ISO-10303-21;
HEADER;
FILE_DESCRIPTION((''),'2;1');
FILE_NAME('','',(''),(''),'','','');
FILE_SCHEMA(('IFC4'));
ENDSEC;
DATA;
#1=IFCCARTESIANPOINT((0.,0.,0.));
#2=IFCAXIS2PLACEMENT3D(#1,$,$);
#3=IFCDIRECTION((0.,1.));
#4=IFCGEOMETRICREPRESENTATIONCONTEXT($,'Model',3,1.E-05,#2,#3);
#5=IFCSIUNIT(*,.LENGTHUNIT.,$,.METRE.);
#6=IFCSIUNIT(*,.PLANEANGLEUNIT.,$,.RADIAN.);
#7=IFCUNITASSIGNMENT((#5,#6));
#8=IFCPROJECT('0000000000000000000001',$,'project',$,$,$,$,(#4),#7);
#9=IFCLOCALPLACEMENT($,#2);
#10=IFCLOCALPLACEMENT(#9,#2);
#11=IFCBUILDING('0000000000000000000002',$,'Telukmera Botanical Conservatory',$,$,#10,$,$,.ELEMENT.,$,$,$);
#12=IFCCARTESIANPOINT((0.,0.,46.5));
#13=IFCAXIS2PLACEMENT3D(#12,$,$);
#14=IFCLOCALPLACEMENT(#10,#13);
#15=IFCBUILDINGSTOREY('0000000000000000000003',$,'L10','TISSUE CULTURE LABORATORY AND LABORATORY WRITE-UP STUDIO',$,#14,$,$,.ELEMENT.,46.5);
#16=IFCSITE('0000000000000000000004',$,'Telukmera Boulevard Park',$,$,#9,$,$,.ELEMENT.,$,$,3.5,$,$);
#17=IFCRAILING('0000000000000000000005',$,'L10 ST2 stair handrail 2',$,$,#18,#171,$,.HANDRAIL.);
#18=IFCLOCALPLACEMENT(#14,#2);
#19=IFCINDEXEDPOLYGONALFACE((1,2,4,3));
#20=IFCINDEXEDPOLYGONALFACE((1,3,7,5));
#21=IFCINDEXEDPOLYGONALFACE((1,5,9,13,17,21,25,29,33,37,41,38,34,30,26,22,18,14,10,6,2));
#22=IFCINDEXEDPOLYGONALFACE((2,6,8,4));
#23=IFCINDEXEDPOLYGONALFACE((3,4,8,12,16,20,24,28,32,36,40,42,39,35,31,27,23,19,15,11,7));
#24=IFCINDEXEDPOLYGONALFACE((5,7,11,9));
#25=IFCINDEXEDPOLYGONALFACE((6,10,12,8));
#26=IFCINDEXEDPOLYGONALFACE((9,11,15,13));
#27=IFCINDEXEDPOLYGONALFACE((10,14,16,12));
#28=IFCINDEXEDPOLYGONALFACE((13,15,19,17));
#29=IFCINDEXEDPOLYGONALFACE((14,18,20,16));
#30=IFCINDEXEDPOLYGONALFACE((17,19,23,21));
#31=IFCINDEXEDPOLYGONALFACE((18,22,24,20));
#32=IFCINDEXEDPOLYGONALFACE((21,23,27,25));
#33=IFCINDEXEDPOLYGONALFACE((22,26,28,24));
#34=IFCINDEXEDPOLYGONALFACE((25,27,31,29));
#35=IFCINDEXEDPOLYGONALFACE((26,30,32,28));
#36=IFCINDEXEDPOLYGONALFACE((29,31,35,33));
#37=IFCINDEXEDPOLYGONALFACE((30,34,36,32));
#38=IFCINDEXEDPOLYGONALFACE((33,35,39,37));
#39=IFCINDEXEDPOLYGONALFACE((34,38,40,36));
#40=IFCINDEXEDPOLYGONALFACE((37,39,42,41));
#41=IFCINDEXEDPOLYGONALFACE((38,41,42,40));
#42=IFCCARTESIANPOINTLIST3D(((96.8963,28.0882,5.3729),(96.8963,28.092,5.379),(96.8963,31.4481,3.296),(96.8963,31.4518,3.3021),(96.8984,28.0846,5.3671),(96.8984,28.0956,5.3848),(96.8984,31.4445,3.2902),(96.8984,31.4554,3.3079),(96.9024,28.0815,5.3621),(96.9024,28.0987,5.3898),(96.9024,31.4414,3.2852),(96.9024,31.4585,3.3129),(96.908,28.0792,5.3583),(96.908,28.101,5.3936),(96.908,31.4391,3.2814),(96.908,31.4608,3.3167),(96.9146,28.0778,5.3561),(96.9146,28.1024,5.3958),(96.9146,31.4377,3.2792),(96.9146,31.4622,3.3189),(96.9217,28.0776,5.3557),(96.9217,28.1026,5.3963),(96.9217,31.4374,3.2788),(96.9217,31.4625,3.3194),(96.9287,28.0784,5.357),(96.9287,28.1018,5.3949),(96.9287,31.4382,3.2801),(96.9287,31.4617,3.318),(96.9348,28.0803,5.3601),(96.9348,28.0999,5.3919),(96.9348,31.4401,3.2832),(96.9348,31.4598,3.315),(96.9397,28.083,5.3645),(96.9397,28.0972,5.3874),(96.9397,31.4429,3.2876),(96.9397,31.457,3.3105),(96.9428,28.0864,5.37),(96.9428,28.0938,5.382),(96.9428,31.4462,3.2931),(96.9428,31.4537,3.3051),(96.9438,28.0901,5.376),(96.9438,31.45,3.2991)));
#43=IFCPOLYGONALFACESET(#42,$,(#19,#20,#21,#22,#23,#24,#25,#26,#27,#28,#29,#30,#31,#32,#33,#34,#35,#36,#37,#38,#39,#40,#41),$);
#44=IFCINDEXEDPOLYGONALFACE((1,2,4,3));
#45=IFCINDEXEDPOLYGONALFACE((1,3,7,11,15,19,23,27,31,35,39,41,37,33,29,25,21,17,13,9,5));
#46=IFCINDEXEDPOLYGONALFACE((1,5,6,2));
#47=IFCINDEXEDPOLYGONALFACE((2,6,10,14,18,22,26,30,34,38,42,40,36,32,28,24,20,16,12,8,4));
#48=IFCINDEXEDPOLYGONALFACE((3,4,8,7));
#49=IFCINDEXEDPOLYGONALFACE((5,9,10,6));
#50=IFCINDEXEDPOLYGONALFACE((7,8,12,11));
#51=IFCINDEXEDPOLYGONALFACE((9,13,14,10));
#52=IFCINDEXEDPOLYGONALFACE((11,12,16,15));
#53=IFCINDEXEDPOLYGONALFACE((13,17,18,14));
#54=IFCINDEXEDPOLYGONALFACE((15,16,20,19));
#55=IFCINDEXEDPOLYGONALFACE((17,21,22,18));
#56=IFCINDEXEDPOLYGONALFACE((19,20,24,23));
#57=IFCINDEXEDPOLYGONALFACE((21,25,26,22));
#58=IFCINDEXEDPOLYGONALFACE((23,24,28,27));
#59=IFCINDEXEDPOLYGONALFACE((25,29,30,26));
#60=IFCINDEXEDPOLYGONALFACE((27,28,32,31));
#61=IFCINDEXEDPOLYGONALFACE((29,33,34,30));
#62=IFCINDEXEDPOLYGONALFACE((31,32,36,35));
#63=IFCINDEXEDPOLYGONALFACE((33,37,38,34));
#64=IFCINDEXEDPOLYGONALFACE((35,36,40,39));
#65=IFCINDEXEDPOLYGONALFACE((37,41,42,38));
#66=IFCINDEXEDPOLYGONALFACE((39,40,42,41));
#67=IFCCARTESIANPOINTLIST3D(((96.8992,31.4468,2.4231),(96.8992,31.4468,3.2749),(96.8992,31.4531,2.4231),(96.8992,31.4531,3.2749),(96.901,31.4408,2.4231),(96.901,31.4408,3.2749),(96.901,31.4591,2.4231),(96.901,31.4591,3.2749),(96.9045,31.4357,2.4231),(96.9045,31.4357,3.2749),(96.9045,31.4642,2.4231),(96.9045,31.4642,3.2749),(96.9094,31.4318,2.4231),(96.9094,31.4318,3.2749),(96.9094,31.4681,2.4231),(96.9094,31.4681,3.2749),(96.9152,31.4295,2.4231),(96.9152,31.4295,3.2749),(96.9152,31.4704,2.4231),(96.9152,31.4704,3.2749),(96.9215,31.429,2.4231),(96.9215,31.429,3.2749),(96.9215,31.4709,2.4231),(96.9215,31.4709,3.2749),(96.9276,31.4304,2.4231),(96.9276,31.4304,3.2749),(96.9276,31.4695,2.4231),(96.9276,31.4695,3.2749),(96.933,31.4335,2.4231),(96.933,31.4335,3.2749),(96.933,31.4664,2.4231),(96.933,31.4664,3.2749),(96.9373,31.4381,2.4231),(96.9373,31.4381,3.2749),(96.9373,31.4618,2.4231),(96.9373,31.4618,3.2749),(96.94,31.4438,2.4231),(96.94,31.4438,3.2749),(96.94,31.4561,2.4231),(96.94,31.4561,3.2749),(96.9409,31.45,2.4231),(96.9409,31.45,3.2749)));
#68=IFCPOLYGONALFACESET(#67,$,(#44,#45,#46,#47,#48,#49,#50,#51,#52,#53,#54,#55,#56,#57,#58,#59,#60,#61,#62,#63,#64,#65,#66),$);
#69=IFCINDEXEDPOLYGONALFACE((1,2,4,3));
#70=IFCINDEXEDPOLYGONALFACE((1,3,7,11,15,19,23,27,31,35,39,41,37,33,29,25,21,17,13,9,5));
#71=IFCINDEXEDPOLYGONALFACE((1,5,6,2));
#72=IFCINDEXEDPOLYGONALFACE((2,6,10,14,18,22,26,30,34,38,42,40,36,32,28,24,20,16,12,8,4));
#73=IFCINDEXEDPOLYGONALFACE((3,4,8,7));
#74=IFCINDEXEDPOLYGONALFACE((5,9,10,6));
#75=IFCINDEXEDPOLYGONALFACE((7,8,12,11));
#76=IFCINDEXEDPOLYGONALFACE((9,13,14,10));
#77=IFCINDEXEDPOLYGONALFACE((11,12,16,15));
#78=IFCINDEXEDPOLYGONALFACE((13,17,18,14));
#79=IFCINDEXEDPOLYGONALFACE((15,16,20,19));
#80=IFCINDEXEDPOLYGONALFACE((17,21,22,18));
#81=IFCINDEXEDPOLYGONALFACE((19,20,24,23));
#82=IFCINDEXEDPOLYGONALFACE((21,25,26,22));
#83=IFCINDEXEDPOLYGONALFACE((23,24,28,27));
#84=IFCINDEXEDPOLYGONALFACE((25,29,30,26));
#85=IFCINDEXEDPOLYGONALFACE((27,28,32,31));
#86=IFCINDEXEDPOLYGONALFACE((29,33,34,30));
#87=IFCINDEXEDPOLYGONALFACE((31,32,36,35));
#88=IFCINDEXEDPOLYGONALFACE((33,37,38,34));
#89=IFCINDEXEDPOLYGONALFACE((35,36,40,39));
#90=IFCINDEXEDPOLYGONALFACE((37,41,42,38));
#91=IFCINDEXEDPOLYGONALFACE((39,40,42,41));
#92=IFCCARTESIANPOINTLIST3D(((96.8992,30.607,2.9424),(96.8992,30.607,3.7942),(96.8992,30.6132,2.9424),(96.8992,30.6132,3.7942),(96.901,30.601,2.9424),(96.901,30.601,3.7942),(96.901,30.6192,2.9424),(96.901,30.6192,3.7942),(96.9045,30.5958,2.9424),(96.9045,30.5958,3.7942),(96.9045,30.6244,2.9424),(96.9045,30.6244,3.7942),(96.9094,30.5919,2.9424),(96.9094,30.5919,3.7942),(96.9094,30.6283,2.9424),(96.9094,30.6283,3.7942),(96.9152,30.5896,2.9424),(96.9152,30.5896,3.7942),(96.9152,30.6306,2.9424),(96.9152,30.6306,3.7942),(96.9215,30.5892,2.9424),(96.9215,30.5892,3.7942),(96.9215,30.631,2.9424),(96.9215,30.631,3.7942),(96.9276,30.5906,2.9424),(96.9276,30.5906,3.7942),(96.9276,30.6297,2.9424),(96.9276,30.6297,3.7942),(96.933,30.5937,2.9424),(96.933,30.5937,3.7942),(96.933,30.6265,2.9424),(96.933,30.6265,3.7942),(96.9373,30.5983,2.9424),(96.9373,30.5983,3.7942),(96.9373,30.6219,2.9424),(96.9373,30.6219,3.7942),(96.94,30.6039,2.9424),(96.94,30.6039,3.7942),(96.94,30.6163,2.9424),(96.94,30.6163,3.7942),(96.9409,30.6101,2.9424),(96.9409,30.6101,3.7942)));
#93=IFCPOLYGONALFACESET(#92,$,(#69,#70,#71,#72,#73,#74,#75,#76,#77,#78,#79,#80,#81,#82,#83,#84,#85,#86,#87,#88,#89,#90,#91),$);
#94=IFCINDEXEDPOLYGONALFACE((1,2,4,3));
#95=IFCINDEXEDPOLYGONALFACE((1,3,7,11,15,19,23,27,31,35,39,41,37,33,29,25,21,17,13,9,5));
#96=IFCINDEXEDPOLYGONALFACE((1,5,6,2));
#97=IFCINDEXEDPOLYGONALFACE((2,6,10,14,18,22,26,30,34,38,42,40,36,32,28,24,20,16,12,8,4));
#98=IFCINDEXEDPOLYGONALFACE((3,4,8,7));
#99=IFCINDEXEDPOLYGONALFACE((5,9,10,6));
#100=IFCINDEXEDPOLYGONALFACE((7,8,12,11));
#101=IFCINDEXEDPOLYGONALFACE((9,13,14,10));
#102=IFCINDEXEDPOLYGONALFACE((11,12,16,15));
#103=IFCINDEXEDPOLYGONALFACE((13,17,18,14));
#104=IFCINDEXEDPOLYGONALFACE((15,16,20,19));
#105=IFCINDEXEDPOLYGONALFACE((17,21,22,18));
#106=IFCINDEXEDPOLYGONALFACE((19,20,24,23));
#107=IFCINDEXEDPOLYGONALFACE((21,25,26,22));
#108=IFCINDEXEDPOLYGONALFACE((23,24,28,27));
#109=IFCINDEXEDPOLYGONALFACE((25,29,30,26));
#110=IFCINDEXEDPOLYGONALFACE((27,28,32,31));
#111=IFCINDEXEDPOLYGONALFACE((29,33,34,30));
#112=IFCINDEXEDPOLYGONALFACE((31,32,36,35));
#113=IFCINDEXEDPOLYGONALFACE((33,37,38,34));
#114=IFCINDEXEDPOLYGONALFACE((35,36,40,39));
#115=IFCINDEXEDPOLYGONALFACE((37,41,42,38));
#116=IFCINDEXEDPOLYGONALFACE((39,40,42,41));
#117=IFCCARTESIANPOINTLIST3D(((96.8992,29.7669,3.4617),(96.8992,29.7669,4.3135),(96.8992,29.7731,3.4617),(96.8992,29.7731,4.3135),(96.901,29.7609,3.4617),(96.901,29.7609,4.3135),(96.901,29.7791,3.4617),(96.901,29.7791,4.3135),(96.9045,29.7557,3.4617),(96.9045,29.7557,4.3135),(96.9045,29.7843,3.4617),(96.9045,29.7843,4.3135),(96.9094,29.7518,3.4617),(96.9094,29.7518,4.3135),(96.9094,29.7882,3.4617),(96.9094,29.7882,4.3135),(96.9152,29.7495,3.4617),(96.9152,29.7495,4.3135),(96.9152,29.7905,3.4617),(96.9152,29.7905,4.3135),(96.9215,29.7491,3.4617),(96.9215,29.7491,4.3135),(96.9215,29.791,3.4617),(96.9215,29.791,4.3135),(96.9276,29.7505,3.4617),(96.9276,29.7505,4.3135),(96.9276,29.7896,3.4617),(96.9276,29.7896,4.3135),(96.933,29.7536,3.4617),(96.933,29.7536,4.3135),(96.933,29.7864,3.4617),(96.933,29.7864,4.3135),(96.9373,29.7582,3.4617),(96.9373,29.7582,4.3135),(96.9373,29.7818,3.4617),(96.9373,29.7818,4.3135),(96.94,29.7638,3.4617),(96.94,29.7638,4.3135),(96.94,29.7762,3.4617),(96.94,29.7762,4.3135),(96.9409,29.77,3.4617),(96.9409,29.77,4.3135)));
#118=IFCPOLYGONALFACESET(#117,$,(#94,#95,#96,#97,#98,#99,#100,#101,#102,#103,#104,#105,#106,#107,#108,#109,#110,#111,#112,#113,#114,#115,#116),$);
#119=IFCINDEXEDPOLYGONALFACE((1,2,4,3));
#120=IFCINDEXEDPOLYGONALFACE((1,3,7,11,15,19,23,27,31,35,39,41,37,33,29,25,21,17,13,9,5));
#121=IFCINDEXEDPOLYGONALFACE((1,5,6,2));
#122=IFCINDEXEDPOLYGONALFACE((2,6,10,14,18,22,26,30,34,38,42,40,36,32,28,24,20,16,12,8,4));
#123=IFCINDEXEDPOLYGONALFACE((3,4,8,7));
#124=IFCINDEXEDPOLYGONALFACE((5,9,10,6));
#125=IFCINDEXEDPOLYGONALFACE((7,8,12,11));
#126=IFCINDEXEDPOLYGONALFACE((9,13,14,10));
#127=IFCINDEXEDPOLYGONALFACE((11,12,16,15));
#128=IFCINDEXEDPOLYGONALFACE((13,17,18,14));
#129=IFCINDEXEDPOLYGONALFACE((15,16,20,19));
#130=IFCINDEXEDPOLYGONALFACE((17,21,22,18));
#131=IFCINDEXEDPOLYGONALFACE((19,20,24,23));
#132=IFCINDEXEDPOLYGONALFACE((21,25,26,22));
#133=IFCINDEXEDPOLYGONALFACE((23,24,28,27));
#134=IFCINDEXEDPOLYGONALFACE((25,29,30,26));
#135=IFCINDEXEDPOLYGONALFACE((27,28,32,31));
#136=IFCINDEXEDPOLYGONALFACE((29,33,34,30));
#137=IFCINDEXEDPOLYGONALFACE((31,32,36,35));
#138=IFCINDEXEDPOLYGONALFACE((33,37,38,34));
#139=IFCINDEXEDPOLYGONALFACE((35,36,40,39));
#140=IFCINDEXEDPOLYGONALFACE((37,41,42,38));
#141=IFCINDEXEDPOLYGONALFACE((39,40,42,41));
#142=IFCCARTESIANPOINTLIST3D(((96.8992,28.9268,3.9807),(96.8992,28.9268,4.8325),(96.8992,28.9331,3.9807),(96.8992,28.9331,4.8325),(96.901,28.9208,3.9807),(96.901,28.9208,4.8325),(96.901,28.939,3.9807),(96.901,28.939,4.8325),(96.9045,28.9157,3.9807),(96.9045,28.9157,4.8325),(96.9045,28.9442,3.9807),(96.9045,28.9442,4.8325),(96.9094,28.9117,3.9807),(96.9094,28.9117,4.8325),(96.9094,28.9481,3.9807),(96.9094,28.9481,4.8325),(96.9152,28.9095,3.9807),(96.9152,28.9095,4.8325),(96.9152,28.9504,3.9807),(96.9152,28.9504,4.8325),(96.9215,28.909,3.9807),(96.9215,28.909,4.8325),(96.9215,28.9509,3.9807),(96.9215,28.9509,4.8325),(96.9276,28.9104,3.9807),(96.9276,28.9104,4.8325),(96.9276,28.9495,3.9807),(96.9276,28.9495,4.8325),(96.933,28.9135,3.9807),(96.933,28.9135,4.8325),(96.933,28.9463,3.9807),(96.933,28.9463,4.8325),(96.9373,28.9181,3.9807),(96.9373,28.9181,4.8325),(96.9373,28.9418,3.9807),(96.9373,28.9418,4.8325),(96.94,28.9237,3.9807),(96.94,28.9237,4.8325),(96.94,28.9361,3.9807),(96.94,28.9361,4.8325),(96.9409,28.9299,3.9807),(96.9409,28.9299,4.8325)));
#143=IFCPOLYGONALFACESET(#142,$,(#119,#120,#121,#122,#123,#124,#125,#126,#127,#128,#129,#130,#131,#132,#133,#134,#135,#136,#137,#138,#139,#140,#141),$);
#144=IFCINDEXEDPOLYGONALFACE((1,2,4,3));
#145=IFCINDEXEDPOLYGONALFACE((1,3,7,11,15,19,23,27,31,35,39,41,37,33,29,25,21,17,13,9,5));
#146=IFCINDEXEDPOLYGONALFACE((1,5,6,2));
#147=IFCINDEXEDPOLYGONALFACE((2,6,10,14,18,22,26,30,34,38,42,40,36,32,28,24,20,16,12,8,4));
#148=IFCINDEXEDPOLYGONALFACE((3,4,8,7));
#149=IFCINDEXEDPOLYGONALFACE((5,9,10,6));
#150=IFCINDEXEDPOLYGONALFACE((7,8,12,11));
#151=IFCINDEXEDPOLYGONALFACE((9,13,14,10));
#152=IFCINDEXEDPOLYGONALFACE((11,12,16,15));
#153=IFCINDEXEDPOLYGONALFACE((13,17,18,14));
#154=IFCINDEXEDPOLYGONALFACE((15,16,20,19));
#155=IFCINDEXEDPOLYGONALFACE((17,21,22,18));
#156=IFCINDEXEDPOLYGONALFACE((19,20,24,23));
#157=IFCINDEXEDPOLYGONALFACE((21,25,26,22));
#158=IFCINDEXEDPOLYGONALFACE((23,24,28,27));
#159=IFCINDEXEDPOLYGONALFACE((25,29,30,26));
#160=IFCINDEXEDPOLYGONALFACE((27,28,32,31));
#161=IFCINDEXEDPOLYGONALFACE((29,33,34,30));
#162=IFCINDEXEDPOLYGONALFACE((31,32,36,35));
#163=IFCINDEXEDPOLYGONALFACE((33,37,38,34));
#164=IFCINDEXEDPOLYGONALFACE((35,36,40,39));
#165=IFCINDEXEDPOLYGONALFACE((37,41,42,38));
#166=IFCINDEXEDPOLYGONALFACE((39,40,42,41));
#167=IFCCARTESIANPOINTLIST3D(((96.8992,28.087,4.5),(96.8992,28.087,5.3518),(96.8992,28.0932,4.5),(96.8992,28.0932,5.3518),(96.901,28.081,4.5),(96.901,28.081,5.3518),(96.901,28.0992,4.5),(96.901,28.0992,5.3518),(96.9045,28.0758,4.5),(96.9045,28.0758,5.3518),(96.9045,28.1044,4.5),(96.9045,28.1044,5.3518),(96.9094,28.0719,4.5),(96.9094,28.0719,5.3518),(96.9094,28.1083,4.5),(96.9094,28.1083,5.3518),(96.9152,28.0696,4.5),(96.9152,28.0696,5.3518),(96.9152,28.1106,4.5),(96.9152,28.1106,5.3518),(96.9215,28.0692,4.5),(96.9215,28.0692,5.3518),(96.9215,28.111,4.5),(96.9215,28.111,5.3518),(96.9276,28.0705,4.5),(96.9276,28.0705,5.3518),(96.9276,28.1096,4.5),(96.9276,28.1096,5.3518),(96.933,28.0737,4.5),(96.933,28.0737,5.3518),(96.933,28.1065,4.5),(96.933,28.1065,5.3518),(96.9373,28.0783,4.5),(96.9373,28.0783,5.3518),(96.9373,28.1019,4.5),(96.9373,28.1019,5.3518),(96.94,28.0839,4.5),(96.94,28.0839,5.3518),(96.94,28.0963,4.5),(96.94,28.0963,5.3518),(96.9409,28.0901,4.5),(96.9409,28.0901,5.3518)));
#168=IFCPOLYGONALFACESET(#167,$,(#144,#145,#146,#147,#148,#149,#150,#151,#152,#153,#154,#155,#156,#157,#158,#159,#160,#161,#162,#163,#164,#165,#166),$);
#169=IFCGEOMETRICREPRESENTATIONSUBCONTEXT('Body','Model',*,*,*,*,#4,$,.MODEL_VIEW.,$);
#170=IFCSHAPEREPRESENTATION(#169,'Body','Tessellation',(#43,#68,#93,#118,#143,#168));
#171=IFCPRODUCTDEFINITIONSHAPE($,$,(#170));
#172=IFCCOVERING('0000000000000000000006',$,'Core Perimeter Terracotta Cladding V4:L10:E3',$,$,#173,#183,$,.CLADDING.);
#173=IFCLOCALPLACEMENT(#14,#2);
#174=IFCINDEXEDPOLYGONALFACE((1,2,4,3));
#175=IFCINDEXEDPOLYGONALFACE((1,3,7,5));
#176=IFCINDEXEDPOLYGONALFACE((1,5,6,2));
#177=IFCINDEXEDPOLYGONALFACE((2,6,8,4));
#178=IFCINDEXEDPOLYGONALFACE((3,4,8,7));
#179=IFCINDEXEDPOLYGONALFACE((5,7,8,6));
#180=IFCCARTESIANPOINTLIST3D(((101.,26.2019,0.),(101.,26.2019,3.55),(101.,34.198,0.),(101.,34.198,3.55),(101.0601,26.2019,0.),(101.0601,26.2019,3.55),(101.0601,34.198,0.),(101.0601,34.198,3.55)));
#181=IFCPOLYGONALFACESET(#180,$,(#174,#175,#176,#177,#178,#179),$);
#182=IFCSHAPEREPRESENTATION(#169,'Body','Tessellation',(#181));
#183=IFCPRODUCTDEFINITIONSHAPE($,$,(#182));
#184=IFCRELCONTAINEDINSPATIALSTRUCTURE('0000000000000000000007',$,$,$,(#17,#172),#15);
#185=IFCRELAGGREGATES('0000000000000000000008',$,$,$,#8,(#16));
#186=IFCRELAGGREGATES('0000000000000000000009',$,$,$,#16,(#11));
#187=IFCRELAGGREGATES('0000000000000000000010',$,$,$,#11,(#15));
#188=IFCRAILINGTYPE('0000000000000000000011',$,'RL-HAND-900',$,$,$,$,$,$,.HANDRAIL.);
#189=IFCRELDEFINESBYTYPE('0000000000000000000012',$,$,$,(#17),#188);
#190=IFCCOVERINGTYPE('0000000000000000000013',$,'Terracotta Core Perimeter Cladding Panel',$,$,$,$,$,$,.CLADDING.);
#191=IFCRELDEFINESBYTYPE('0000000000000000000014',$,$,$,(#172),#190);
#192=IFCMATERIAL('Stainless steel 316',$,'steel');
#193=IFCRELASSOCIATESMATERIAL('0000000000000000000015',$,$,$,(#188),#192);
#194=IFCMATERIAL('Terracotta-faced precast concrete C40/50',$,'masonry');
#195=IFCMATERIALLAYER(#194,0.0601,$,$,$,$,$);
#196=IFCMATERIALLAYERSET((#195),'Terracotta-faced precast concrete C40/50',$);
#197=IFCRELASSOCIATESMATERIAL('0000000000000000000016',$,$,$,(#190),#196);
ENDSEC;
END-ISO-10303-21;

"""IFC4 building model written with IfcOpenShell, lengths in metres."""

from ifc_helpers import new_model, si_unit, direction, frame, origin, origin_2d, place, context, subcontext, project, spatial, rectangle, circle, extrude, material, layer, layer_set, type_object, element, save


model = new_model("IFC4")

# Units and contexts
model_context = context("Model", 3, precision=1e-05, world=origin(), true_north=direction((0.0, 1.0)))
body_context = subcontext(model_context, "Body", "Model", "MODEL_VIEW")
ifc_project = project(units=[si_unit("LENGTHUNIT", "METRE"), si_unit("PLANEANGLEUNIT", "RADIAN")], contexts=[model_context])

# Site, building, storey
site_placement = place(None, origin())
site = spatial("IfcSite", under=ifc_project, at=site_placement, Name="Telukmera Boulevard Park", CompositionType="ELEMENT", RefElevation=3.5)
building_placement = place(site_placement, origin())
building = spatial("IfcBuilding", under=site, at=building_placement, Name="Telukmera Botanical Conservatory", CompositionType="ELEMENT")
storey_placement = place(building_placement, frame((0.0, 0.0, 46.5)))
storey = spatial("IfcBuildingStorey", under=building, at=storey_placement, Name="L10", Description="TISSUE CULTURE LABORATORY AND LABORATORY WRITE-UP STUDIO", CompositionType="ELEMENT", Elevation=46.5)

# Shared definitions
ifc_material_1 = material(Name="Stainless steel 316", Category="steel")

# Railing
railing_type_1 = type_object("IfcRailingType", Name="RL-HAND-900", PredefinedType="HANDRAIL", material=ifc_material_1)
railing_1_placement = place(storey_placement, frame((96.9199, 31.45, 2.4231)))
element("IfcRailing", 1, at=railing_1_placement, inside=storey, type_object=railing_type_1, Name="L10 ST2 stair handrail 2", PredefinedType="HANDRAIL", context=body_context, shape_type="SweptSolid", body=[
    extrude(circle(Radius=0.0239, at=origin_2d()), frame((0.0, 0.0, 0.876), z_axis=(0.0, -0.850606, 0.525803), x_axis=(1.0, 0.0, 0.0)), (0.0, 0.0, 1.0), 3.95),
    extrude(circle(Radius=0.021, at=origin_2d()), origin(), (0.0, 0.0, 1.0), 0.8518),
    extrude(circle(Radius=0.021, at=origin_2d()), frame((0.0, -0.8398, 0.5193)), (0.0, 0.0, 1.0), 0.8518),
    extrude(circle(Radius=0.021, at=origin_2d()), frame((0.0, -1.6799, 1.0386)), (0.0, 0.0, 1.0), 0.8518),
    extrude(circle(Radius=0.021, at=origin_2d()), frame((0.0, -2.52, 1.5576)), (0.0, 0.0, 1.0), 0.8518),
    extrude(circle(Radius=0.021, at=origin_2d()), frame((0.0, -3.3599, 2.0769)), (0.0, 0.0, 1.0), 0.8518),
])

# Covering
ifc_material_2 = material(Name="Terracotta-faced precast concrete C40/50", Category="masonry")
ifc_layer_1 = layer(ifc_material_2, 0.0601)
ifc_layer_set_1 = layer_set([ifc_layer_1], Name="Terracotta-faced precast concrete C40/50")
covering_type_1 = type_object("IfcCoveringType", Name="Terracotta Core Perimeter Cladding Panel", PredefinedType="CLADDING", material=ifc_layer_set_1)
covering_1_placement = place(storey_placement, frame((101.03, 30.2, 0.0), z_axis=(0.0, 0.0, 1.0), x_axis=(0.0, 1.0, 0.0)))
element("IfcCovering", 2, at=covering_1_placement, inside=storey, type_object=covering_type_1, Name="Core Perimeter Terracotta Cladding V4:L10:E3", PredefinedType="CLADDING", context=body_context, shape_type="SweptSolid", body=[
    extrude(rectangle(XDim=7.9961, YDim=0.0601, at=origin_2d()), origin(), (0.0, 0.0, 1.0), 3.55),
])

save(model, "model.ifc")
